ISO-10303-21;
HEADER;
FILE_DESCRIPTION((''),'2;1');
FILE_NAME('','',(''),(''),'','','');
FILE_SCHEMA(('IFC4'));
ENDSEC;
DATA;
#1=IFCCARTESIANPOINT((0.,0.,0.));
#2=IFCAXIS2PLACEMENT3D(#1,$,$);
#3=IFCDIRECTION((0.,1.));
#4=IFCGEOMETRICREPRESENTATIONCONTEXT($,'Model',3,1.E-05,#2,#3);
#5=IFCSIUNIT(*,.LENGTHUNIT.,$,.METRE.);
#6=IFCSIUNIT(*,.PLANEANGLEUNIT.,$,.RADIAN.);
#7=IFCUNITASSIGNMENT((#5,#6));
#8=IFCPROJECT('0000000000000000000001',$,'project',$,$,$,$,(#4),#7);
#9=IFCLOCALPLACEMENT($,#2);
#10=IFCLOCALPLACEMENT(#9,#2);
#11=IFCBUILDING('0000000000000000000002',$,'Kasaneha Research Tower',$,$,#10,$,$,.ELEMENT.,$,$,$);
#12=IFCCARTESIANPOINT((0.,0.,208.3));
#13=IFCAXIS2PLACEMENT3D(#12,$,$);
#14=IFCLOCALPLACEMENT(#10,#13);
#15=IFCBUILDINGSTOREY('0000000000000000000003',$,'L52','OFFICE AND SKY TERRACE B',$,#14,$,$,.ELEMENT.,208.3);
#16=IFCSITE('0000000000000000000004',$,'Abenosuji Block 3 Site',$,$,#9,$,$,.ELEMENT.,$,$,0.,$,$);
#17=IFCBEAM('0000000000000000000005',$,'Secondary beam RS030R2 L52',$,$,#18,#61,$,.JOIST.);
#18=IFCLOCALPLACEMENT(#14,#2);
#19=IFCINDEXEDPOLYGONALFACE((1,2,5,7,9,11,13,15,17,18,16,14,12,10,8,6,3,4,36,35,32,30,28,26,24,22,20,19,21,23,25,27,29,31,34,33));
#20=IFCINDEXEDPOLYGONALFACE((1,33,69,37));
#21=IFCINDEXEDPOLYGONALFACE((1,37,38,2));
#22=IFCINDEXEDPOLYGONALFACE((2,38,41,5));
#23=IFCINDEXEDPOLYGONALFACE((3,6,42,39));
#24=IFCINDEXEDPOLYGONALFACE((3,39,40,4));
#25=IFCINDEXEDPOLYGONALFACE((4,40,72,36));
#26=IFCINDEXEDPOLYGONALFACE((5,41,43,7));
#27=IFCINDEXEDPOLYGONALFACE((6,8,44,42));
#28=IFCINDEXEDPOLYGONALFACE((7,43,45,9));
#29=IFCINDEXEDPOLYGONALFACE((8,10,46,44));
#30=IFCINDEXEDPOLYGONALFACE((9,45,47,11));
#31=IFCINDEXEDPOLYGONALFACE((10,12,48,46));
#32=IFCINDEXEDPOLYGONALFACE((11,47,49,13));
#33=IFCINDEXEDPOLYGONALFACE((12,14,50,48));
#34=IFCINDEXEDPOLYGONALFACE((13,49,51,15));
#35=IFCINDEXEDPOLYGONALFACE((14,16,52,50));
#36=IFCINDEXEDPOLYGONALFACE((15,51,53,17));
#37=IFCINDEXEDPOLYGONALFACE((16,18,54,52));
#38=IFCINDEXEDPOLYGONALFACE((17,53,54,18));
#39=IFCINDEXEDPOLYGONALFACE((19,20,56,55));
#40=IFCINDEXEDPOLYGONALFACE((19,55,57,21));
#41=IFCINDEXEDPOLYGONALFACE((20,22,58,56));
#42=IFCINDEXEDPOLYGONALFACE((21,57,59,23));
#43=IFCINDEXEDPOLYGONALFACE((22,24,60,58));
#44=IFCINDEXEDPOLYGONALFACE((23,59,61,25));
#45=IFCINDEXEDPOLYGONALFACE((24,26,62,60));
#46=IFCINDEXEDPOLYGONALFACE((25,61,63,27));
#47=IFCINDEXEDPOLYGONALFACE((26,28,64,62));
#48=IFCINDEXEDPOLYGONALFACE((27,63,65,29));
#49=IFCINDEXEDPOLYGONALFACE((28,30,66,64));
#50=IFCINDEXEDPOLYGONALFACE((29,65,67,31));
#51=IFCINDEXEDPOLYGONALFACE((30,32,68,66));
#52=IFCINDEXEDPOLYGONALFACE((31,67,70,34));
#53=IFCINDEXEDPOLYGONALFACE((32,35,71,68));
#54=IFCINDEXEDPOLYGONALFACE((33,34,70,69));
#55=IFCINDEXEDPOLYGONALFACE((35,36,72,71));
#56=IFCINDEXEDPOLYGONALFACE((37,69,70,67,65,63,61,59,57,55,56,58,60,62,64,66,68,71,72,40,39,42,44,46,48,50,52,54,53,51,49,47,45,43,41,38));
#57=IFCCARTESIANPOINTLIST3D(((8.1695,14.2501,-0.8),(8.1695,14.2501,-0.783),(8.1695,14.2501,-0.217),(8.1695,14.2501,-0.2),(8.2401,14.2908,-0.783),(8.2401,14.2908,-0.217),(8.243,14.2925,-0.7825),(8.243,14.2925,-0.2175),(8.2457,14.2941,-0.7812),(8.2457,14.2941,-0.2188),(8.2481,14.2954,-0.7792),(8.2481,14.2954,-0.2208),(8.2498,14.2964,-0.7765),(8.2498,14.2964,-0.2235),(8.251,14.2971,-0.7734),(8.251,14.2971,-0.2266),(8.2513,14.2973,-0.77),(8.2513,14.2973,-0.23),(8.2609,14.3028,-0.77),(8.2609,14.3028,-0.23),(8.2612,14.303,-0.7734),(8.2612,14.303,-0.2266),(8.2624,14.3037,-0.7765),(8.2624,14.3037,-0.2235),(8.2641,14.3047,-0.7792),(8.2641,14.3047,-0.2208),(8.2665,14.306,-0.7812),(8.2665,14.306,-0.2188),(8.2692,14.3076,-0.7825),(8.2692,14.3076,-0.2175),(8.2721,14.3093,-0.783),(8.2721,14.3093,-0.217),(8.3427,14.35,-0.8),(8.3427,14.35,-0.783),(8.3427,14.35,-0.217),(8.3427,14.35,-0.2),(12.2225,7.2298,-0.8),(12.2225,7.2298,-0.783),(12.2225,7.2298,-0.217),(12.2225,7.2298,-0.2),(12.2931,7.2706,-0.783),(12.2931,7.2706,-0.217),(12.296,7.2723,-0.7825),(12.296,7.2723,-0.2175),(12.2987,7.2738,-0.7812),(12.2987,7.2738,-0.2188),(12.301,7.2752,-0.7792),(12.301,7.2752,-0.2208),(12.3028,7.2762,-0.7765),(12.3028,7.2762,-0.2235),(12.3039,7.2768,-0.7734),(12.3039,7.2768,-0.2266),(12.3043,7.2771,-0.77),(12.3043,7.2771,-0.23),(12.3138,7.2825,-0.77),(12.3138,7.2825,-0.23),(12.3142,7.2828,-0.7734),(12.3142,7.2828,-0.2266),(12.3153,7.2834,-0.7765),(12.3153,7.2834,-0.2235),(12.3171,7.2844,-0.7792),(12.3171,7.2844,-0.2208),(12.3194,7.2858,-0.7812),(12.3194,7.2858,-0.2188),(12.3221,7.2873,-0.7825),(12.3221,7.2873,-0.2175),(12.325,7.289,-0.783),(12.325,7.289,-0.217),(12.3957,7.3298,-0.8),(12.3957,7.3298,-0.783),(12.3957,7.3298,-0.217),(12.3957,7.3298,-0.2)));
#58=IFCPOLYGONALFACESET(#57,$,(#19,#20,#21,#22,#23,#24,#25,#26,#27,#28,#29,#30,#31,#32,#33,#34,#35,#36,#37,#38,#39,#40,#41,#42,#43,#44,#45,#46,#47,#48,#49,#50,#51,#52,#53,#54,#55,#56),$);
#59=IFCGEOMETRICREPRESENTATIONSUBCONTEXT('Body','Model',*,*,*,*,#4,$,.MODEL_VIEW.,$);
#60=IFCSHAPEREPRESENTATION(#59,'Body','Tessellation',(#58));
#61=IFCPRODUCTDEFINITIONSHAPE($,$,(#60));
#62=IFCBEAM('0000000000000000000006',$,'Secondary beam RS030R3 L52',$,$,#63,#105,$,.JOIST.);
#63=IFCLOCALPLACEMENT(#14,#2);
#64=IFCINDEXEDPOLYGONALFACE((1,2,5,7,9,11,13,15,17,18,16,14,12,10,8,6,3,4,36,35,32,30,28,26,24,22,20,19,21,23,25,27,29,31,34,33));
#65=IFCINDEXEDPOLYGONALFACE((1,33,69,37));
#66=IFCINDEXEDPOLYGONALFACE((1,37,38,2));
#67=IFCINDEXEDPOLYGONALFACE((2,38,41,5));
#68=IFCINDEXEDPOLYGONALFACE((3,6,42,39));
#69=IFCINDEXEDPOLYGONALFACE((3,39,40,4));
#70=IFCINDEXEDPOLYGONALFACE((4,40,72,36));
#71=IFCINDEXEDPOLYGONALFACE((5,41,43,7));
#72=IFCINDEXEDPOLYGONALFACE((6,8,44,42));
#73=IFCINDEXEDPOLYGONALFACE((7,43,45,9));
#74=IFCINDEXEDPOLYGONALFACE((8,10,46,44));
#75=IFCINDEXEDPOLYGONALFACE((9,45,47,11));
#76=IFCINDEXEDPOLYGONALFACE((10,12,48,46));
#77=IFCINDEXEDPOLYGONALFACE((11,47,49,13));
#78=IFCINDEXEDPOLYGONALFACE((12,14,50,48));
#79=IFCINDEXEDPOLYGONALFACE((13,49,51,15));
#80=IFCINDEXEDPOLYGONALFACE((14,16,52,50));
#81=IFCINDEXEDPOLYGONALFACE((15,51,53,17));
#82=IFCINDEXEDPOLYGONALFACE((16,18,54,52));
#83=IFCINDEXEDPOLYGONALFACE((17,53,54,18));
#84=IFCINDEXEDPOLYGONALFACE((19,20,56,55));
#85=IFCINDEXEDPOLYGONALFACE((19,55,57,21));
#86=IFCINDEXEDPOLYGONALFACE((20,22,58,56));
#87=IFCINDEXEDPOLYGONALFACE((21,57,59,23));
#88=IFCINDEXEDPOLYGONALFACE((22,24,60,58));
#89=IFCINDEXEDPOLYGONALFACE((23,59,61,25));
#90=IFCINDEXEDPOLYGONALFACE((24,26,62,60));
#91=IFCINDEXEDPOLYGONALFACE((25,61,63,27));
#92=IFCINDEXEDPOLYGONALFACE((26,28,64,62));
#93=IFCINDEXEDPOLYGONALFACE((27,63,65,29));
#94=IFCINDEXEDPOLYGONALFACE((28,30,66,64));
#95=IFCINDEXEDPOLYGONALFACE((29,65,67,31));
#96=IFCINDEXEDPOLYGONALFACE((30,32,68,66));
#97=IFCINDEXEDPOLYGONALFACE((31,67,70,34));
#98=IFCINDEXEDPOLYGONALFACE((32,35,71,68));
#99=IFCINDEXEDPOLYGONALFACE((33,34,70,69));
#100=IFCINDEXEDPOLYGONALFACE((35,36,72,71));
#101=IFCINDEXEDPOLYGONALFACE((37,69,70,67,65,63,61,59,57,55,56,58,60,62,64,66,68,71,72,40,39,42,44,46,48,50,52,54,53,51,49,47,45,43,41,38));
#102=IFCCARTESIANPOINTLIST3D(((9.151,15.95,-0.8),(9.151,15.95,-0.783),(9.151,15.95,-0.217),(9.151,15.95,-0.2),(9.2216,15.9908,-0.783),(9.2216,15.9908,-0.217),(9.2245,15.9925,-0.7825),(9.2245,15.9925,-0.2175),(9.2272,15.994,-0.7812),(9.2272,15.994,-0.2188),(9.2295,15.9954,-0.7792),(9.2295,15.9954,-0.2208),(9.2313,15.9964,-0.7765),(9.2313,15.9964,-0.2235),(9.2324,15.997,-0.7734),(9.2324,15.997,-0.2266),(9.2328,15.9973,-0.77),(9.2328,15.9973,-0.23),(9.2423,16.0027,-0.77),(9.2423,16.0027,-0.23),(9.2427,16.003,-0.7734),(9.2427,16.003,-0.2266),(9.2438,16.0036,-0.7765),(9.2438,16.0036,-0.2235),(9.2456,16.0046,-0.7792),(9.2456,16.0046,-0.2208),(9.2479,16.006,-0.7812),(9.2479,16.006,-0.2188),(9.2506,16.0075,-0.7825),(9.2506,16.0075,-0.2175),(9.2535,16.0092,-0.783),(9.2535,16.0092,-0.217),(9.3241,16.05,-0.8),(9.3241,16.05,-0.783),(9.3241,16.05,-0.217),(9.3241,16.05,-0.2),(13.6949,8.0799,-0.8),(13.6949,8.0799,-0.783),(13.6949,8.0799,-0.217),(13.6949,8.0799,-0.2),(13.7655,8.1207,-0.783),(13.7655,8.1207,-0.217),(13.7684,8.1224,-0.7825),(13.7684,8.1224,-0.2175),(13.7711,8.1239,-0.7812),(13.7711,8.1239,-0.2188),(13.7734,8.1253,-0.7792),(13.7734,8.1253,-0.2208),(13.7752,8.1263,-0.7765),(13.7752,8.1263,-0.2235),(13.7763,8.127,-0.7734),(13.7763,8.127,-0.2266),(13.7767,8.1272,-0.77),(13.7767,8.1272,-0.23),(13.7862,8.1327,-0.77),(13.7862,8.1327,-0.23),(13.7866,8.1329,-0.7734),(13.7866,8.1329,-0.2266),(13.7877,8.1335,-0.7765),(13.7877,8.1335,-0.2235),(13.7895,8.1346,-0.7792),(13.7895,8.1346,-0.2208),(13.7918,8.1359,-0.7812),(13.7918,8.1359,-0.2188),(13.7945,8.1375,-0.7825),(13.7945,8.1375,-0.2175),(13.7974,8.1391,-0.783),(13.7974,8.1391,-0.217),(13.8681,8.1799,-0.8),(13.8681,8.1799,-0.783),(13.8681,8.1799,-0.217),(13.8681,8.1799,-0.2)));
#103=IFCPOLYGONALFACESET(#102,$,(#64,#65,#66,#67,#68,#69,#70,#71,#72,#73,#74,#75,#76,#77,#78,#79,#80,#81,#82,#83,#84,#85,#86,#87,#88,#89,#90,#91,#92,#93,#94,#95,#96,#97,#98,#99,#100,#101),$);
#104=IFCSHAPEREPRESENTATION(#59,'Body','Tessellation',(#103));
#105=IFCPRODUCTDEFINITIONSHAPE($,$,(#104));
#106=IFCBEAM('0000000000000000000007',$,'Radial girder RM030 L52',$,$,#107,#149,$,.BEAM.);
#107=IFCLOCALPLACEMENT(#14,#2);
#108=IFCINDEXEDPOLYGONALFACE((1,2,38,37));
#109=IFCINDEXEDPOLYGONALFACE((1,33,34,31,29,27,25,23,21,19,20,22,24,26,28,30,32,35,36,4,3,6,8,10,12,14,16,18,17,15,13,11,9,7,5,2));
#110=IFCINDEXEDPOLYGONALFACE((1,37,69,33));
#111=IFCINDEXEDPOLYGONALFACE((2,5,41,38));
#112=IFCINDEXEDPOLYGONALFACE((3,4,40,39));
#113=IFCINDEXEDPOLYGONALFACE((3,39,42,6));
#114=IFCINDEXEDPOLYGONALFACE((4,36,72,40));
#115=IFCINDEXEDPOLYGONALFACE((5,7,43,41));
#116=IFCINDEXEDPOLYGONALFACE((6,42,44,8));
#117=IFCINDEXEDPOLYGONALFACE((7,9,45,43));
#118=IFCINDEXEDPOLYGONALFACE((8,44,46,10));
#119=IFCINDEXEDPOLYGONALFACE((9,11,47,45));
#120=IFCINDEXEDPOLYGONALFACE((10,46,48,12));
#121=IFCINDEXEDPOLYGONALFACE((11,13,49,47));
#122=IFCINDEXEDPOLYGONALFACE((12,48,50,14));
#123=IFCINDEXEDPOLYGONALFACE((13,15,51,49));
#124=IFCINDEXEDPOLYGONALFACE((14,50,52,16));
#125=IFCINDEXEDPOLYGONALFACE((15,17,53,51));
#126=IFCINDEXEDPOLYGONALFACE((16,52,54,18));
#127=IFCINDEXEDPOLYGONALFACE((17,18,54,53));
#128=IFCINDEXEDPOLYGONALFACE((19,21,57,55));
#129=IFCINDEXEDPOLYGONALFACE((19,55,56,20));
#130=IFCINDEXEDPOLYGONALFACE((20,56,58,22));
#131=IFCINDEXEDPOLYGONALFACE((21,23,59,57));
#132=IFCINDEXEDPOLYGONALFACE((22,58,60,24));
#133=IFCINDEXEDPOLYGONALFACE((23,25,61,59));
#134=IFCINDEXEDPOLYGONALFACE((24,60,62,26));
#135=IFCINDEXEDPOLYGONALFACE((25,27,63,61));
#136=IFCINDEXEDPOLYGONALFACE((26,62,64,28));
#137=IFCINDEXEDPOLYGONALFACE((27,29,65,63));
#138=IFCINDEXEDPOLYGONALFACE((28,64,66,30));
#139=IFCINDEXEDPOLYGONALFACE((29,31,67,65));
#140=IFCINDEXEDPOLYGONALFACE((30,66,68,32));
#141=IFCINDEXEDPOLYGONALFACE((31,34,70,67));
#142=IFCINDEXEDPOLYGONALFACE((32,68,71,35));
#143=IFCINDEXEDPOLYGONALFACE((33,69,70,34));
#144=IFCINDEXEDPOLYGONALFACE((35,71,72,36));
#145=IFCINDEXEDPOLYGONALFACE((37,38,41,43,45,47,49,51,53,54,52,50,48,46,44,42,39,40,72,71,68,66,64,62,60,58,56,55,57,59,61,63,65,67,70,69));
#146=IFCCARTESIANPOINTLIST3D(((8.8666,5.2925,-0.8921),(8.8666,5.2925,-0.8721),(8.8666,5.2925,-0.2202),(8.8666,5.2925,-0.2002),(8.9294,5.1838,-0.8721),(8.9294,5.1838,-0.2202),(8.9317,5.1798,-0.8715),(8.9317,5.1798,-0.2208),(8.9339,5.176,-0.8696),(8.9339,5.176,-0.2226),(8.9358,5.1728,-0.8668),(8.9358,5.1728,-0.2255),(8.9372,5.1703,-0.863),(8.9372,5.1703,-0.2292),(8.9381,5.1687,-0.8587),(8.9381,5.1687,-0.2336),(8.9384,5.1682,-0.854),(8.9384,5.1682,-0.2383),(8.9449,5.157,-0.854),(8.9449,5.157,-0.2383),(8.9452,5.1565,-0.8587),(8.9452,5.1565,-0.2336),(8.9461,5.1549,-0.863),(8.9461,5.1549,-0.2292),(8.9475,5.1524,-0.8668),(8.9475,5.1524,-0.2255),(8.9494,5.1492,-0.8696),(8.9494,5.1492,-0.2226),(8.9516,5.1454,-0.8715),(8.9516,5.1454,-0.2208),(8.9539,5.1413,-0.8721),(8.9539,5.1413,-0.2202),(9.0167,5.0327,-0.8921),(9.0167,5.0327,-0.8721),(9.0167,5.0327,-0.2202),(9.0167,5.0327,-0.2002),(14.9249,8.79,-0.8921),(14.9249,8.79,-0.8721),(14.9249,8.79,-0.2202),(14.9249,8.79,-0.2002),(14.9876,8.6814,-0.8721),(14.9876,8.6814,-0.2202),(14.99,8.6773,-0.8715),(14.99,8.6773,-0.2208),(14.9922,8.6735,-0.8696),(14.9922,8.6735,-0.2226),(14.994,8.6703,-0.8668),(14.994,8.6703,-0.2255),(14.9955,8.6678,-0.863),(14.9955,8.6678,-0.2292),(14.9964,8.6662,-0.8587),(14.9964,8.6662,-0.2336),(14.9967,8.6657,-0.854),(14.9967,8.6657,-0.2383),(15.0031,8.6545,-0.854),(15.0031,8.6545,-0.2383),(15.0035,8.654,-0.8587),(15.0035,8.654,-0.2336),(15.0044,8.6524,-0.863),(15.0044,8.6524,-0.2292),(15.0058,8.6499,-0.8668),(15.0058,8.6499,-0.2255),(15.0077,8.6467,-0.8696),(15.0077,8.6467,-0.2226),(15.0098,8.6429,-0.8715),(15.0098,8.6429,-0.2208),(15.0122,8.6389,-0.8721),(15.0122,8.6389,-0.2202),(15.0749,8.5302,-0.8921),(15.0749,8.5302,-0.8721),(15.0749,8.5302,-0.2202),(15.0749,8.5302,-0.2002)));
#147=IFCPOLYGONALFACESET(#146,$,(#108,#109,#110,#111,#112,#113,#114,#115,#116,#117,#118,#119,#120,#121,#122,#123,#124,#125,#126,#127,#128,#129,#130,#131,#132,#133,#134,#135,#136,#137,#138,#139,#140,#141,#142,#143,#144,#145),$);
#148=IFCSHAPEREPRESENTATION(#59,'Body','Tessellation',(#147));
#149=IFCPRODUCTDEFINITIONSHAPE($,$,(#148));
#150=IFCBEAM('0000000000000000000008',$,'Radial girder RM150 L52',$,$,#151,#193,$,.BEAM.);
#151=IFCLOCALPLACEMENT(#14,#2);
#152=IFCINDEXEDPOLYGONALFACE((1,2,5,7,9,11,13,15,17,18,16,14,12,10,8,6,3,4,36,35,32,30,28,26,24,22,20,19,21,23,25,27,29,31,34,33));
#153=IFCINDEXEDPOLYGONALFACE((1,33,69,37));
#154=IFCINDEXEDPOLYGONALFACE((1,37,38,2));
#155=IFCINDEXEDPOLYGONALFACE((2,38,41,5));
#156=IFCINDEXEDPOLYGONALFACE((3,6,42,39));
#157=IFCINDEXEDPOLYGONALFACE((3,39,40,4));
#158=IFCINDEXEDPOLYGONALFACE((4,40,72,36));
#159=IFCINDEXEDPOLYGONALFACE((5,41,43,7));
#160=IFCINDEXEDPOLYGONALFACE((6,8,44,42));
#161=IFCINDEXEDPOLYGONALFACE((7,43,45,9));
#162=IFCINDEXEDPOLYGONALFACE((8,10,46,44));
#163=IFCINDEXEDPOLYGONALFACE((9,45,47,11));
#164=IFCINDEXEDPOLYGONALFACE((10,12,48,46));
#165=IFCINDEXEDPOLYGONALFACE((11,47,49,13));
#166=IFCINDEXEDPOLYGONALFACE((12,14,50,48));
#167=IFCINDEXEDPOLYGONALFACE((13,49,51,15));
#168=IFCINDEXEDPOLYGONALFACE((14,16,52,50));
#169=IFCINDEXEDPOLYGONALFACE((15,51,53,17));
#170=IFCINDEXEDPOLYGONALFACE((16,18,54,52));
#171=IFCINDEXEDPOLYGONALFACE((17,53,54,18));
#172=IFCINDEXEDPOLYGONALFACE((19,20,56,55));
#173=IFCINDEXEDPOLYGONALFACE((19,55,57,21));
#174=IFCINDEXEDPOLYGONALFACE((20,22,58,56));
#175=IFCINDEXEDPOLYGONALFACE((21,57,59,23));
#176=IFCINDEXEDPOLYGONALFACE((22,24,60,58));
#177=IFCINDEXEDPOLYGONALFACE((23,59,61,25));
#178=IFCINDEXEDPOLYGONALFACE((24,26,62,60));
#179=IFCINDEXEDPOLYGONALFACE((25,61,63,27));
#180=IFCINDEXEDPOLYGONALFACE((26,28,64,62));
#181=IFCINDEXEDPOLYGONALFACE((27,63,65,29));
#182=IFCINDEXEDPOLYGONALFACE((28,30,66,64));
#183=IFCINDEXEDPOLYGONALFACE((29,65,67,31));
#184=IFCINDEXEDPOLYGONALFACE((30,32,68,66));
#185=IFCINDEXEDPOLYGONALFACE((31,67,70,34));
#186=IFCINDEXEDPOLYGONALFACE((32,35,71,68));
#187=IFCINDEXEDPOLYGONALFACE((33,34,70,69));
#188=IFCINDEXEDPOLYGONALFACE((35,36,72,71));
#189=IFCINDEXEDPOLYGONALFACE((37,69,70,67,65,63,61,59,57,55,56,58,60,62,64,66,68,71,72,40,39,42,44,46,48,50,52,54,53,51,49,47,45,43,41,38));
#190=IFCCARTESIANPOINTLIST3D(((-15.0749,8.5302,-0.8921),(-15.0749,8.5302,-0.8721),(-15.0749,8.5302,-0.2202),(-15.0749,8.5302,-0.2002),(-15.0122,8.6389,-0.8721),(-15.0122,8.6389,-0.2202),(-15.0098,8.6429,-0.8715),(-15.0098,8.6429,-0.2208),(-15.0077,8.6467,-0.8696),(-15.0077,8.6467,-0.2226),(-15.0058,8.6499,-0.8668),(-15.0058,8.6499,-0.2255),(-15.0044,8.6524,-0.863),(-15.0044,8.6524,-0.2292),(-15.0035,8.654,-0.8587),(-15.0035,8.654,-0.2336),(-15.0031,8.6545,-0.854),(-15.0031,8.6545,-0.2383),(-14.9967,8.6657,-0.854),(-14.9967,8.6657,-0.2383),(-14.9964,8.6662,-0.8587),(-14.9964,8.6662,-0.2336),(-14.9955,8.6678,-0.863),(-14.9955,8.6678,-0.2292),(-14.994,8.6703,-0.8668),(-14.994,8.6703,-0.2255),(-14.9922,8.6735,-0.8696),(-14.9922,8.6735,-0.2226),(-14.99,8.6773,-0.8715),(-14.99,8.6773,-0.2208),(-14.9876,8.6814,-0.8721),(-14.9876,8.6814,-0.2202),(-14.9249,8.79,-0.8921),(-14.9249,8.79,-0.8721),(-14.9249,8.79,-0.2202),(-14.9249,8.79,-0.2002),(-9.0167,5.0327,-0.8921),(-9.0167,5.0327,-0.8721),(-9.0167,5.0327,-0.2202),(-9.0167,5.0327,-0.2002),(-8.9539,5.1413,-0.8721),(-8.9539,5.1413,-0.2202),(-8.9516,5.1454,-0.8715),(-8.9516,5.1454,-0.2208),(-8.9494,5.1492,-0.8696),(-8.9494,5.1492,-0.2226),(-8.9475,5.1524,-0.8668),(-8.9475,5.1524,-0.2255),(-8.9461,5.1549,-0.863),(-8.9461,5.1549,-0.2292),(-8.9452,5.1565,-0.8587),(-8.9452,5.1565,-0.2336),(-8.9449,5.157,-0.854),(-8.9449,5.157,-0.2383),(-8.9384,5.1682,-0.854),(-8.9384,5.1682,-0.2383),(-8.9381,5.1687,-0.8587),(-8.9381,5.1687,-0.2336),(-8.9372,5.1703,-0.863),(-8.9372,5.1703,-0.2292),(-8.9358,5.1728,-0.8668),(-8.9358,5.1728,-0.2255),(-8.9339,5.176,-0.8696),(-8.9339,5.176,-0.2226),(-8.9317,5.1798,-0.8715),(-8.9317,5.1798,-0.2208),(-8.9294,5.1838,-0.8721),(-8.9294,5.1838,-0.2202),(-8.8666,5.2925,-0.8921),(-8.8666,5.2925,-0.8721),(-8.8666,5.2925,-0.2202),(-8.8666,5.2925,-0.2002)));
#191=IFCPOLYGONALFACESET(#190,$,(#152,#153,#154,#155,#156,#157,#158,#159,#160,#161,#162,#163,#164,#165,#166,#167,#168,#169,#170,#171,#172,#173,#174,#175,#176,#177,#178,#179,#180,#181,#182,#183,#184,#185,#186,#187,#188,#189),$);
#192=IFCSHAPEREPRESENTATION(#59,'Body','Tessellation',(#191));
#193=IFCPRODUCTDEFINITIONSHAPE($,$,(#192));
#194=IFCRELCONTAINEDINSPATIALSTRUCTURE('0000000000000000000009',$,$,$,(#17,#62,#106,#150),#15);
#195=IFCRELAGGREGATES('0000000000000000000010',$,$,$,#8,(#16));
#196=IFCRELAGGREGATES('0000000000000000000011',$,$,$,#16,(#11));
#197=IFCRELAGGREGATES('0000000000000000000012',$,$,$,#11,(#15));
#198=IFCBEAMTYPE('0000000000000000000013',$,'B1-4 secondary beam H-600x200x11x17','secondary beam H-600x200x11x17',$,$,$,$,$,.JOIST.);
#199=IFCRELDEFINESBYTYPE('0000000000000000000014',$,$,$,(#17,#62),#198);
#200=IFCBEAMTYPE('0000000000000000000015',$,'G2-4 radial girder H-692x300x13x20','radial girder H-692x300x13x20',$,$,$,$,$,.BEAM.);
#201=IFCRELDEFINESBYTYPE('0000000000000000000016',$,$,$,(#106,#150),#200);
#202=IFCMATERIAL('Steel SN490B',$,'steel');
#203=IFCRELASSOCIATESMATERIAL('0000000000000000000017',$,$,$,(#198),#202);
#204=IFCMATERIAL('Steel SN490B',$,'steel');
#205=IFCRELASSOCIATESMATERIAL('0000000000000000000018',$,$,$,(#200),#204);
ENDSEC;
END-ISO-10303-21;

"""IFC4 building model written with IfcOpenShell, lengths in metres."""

from ifc_helpers import new_model, si_unit, direction, frame, origin, origin_2d, place, context, subcontext, project, spatial, i_section, extrude, material, material_profile, profile_set, type_object, element, save


model = new_model("IFC4")

# Units and contexts
model_context = context("Model", 3, precision=1e-05, world=origin(), true_north=direction((0.0, 1.0)))
body_context = subcontext(model_context, "Body", "Model", "MODEL_VIEW")
ifc_project = project(units=[si_unit("LENGTHUNIT", "METRE"), si_unit("PLANEANGLEUNIT", "RADIAN")], contexts=[model_context])

# Site, building, storey
site_placement = place(None, origin())
site = spatial("IfcSite", under=ifc_project, at=site_placement, Name="Abenosuji Block 3 Site", CompositionType="ELEMENT", RefElevation=0.0)
building_placement = place(site_placement, origin())
building = spatial("IfcBuilding", under=site, at=building_placement, Name="Kasaneha Research Tower", CompositionType="ELEMENT")
storey_placement = place(building_placement, frame((0.0, 0.0, 208.3)))
storey = spatial("IfcBuildingStorey", under=building, at=storey_placement, Name="L52", Description="OFFICE AND SKY TERRACE B", CompositionType="ELEMENT", Elevation=208.3)

# Beams
ifc_material_1 = material(Name="Steel SN490B", Category="steel")
ifc_material_profile_1 = material_profile(ifc_material_1, i_section(OverallWidth=0.2, OverallDepth=0.6001, WebThickness=0.011, FlangeThickness=0.0171, FilletRadius=0.0129, at=origin_2d()), Name="H-600x200x11x17")
ifc_profile_set_1 = profile_set([ifc_material_profile_1], Name="Steel SN490B")
beam_type_1 = type_object("IfcBeamType", Name="B1-4 secondary beam H-600x200x11x17", Description="secondary beam H-600x200x11x17", PredefinedType="JOIST", material=ifc_profile_set_1)
beam_1_placement = place(storey_placement, frame((8.2561, 14.3, -0.5), z_axis=(0.499984, -0.866035, 0.0), x_axis=(0.866035, 0.499984, 0.0)))
element("IfcBeam", 1, at=beam_1_placement, inside=storey, type_object=beam_type_1, Name="Secondary beam RS030R2 L52", PredefinedType="JOIST", context=body_context, shape_type="SweptSolid", body=[
    extrude(i_section(OverallWidth=0.2, OverallDepth=0.6001, WebThickness=0.011, FlangeThickness=0.0171, FilletRadius=0.0129, at=origin_2d()), origin(), (0.0, 0.0, 1.0), 8.1062),
])
beam_2_placement = place(storey_placement, frame((9.2375, 16.0, -0.5), z_axis=(0.500011, -0.866019, 0.0), x_axis=(0.866019, 0.500011, 0.0)))
element("IfcBeam", 2, at=beam_2_placement, inside=storey, type_object=beam_type_1, Name="Secondary beam RS030R3 L52", PredefinedType="JOIST", context=body_context, shape_type="SweptSolid", body=[
    extrude(i_section(OverallWidth=0.2, OverallDepth=0.6001, WebThickness=0.011, FlangeThickness=0.0171, FilletRadius=0.0129, at=origin_2d()), origin(), (0.0, 0.0, 1.0), 9.0876),
])
ifc_material_2 = material(Name="Steel SN490B", Category="steel")
ifc_material_profile_2 = material_profile(ifc_material_2, i_section(OverallWidth=0.3, OverallDepth=0.6919, WebThickness=0.0129, FlangeThickness=0.02, FilletRadius=0.0181, at=origin_2d()), Name="H-692x300x13x20")
ifc_profile_set_2 = profile_set([ifc_material_profile_2], Name="Steel SN490B")
beam_type_2 = type_object("IfcBeamType", Name="G2-4 radial girder H-692x300x13x20", Description="radial girder H-692x300x13x20", PredefinedType="BEAM", material=ifc_profile_set_2)
for number, where, z_axis, x_axis, name in (
    (3, (8.9417, 5.1626, -0.5461), (0.86604, 0.499975, 0.0), (-0.499975, 0.86604, 0.0), "Radial girder RM030 L52"),
    (4, (-8.9417, 5.1626, -0.5461), (-0.86604, 0.499975, 0.0), (-0.499975, -0.86604, 0.0), "Radial girder RM150 L52"),
):
    element("IfcBeam", number, at=place(storey_placement, frame(where, z_axis=z_axis, x_axis=x_axis)), inside=storey, type_object=beam_type_2, Name=name, PredefinedType="BEAM", context=body_context, shape_type="SweptSolid", body=[
        extrude(i_section(OverallWidth=0.3, OverallDepth=0.6919, WebThickness=0.0129, FlangeThickness=0.02, FilletRadius=0.0181, at=origin_2d()), origin(), (0.0, 0.0, 1.0), 6.9954),
    ])

save(model, "model.ifc")
